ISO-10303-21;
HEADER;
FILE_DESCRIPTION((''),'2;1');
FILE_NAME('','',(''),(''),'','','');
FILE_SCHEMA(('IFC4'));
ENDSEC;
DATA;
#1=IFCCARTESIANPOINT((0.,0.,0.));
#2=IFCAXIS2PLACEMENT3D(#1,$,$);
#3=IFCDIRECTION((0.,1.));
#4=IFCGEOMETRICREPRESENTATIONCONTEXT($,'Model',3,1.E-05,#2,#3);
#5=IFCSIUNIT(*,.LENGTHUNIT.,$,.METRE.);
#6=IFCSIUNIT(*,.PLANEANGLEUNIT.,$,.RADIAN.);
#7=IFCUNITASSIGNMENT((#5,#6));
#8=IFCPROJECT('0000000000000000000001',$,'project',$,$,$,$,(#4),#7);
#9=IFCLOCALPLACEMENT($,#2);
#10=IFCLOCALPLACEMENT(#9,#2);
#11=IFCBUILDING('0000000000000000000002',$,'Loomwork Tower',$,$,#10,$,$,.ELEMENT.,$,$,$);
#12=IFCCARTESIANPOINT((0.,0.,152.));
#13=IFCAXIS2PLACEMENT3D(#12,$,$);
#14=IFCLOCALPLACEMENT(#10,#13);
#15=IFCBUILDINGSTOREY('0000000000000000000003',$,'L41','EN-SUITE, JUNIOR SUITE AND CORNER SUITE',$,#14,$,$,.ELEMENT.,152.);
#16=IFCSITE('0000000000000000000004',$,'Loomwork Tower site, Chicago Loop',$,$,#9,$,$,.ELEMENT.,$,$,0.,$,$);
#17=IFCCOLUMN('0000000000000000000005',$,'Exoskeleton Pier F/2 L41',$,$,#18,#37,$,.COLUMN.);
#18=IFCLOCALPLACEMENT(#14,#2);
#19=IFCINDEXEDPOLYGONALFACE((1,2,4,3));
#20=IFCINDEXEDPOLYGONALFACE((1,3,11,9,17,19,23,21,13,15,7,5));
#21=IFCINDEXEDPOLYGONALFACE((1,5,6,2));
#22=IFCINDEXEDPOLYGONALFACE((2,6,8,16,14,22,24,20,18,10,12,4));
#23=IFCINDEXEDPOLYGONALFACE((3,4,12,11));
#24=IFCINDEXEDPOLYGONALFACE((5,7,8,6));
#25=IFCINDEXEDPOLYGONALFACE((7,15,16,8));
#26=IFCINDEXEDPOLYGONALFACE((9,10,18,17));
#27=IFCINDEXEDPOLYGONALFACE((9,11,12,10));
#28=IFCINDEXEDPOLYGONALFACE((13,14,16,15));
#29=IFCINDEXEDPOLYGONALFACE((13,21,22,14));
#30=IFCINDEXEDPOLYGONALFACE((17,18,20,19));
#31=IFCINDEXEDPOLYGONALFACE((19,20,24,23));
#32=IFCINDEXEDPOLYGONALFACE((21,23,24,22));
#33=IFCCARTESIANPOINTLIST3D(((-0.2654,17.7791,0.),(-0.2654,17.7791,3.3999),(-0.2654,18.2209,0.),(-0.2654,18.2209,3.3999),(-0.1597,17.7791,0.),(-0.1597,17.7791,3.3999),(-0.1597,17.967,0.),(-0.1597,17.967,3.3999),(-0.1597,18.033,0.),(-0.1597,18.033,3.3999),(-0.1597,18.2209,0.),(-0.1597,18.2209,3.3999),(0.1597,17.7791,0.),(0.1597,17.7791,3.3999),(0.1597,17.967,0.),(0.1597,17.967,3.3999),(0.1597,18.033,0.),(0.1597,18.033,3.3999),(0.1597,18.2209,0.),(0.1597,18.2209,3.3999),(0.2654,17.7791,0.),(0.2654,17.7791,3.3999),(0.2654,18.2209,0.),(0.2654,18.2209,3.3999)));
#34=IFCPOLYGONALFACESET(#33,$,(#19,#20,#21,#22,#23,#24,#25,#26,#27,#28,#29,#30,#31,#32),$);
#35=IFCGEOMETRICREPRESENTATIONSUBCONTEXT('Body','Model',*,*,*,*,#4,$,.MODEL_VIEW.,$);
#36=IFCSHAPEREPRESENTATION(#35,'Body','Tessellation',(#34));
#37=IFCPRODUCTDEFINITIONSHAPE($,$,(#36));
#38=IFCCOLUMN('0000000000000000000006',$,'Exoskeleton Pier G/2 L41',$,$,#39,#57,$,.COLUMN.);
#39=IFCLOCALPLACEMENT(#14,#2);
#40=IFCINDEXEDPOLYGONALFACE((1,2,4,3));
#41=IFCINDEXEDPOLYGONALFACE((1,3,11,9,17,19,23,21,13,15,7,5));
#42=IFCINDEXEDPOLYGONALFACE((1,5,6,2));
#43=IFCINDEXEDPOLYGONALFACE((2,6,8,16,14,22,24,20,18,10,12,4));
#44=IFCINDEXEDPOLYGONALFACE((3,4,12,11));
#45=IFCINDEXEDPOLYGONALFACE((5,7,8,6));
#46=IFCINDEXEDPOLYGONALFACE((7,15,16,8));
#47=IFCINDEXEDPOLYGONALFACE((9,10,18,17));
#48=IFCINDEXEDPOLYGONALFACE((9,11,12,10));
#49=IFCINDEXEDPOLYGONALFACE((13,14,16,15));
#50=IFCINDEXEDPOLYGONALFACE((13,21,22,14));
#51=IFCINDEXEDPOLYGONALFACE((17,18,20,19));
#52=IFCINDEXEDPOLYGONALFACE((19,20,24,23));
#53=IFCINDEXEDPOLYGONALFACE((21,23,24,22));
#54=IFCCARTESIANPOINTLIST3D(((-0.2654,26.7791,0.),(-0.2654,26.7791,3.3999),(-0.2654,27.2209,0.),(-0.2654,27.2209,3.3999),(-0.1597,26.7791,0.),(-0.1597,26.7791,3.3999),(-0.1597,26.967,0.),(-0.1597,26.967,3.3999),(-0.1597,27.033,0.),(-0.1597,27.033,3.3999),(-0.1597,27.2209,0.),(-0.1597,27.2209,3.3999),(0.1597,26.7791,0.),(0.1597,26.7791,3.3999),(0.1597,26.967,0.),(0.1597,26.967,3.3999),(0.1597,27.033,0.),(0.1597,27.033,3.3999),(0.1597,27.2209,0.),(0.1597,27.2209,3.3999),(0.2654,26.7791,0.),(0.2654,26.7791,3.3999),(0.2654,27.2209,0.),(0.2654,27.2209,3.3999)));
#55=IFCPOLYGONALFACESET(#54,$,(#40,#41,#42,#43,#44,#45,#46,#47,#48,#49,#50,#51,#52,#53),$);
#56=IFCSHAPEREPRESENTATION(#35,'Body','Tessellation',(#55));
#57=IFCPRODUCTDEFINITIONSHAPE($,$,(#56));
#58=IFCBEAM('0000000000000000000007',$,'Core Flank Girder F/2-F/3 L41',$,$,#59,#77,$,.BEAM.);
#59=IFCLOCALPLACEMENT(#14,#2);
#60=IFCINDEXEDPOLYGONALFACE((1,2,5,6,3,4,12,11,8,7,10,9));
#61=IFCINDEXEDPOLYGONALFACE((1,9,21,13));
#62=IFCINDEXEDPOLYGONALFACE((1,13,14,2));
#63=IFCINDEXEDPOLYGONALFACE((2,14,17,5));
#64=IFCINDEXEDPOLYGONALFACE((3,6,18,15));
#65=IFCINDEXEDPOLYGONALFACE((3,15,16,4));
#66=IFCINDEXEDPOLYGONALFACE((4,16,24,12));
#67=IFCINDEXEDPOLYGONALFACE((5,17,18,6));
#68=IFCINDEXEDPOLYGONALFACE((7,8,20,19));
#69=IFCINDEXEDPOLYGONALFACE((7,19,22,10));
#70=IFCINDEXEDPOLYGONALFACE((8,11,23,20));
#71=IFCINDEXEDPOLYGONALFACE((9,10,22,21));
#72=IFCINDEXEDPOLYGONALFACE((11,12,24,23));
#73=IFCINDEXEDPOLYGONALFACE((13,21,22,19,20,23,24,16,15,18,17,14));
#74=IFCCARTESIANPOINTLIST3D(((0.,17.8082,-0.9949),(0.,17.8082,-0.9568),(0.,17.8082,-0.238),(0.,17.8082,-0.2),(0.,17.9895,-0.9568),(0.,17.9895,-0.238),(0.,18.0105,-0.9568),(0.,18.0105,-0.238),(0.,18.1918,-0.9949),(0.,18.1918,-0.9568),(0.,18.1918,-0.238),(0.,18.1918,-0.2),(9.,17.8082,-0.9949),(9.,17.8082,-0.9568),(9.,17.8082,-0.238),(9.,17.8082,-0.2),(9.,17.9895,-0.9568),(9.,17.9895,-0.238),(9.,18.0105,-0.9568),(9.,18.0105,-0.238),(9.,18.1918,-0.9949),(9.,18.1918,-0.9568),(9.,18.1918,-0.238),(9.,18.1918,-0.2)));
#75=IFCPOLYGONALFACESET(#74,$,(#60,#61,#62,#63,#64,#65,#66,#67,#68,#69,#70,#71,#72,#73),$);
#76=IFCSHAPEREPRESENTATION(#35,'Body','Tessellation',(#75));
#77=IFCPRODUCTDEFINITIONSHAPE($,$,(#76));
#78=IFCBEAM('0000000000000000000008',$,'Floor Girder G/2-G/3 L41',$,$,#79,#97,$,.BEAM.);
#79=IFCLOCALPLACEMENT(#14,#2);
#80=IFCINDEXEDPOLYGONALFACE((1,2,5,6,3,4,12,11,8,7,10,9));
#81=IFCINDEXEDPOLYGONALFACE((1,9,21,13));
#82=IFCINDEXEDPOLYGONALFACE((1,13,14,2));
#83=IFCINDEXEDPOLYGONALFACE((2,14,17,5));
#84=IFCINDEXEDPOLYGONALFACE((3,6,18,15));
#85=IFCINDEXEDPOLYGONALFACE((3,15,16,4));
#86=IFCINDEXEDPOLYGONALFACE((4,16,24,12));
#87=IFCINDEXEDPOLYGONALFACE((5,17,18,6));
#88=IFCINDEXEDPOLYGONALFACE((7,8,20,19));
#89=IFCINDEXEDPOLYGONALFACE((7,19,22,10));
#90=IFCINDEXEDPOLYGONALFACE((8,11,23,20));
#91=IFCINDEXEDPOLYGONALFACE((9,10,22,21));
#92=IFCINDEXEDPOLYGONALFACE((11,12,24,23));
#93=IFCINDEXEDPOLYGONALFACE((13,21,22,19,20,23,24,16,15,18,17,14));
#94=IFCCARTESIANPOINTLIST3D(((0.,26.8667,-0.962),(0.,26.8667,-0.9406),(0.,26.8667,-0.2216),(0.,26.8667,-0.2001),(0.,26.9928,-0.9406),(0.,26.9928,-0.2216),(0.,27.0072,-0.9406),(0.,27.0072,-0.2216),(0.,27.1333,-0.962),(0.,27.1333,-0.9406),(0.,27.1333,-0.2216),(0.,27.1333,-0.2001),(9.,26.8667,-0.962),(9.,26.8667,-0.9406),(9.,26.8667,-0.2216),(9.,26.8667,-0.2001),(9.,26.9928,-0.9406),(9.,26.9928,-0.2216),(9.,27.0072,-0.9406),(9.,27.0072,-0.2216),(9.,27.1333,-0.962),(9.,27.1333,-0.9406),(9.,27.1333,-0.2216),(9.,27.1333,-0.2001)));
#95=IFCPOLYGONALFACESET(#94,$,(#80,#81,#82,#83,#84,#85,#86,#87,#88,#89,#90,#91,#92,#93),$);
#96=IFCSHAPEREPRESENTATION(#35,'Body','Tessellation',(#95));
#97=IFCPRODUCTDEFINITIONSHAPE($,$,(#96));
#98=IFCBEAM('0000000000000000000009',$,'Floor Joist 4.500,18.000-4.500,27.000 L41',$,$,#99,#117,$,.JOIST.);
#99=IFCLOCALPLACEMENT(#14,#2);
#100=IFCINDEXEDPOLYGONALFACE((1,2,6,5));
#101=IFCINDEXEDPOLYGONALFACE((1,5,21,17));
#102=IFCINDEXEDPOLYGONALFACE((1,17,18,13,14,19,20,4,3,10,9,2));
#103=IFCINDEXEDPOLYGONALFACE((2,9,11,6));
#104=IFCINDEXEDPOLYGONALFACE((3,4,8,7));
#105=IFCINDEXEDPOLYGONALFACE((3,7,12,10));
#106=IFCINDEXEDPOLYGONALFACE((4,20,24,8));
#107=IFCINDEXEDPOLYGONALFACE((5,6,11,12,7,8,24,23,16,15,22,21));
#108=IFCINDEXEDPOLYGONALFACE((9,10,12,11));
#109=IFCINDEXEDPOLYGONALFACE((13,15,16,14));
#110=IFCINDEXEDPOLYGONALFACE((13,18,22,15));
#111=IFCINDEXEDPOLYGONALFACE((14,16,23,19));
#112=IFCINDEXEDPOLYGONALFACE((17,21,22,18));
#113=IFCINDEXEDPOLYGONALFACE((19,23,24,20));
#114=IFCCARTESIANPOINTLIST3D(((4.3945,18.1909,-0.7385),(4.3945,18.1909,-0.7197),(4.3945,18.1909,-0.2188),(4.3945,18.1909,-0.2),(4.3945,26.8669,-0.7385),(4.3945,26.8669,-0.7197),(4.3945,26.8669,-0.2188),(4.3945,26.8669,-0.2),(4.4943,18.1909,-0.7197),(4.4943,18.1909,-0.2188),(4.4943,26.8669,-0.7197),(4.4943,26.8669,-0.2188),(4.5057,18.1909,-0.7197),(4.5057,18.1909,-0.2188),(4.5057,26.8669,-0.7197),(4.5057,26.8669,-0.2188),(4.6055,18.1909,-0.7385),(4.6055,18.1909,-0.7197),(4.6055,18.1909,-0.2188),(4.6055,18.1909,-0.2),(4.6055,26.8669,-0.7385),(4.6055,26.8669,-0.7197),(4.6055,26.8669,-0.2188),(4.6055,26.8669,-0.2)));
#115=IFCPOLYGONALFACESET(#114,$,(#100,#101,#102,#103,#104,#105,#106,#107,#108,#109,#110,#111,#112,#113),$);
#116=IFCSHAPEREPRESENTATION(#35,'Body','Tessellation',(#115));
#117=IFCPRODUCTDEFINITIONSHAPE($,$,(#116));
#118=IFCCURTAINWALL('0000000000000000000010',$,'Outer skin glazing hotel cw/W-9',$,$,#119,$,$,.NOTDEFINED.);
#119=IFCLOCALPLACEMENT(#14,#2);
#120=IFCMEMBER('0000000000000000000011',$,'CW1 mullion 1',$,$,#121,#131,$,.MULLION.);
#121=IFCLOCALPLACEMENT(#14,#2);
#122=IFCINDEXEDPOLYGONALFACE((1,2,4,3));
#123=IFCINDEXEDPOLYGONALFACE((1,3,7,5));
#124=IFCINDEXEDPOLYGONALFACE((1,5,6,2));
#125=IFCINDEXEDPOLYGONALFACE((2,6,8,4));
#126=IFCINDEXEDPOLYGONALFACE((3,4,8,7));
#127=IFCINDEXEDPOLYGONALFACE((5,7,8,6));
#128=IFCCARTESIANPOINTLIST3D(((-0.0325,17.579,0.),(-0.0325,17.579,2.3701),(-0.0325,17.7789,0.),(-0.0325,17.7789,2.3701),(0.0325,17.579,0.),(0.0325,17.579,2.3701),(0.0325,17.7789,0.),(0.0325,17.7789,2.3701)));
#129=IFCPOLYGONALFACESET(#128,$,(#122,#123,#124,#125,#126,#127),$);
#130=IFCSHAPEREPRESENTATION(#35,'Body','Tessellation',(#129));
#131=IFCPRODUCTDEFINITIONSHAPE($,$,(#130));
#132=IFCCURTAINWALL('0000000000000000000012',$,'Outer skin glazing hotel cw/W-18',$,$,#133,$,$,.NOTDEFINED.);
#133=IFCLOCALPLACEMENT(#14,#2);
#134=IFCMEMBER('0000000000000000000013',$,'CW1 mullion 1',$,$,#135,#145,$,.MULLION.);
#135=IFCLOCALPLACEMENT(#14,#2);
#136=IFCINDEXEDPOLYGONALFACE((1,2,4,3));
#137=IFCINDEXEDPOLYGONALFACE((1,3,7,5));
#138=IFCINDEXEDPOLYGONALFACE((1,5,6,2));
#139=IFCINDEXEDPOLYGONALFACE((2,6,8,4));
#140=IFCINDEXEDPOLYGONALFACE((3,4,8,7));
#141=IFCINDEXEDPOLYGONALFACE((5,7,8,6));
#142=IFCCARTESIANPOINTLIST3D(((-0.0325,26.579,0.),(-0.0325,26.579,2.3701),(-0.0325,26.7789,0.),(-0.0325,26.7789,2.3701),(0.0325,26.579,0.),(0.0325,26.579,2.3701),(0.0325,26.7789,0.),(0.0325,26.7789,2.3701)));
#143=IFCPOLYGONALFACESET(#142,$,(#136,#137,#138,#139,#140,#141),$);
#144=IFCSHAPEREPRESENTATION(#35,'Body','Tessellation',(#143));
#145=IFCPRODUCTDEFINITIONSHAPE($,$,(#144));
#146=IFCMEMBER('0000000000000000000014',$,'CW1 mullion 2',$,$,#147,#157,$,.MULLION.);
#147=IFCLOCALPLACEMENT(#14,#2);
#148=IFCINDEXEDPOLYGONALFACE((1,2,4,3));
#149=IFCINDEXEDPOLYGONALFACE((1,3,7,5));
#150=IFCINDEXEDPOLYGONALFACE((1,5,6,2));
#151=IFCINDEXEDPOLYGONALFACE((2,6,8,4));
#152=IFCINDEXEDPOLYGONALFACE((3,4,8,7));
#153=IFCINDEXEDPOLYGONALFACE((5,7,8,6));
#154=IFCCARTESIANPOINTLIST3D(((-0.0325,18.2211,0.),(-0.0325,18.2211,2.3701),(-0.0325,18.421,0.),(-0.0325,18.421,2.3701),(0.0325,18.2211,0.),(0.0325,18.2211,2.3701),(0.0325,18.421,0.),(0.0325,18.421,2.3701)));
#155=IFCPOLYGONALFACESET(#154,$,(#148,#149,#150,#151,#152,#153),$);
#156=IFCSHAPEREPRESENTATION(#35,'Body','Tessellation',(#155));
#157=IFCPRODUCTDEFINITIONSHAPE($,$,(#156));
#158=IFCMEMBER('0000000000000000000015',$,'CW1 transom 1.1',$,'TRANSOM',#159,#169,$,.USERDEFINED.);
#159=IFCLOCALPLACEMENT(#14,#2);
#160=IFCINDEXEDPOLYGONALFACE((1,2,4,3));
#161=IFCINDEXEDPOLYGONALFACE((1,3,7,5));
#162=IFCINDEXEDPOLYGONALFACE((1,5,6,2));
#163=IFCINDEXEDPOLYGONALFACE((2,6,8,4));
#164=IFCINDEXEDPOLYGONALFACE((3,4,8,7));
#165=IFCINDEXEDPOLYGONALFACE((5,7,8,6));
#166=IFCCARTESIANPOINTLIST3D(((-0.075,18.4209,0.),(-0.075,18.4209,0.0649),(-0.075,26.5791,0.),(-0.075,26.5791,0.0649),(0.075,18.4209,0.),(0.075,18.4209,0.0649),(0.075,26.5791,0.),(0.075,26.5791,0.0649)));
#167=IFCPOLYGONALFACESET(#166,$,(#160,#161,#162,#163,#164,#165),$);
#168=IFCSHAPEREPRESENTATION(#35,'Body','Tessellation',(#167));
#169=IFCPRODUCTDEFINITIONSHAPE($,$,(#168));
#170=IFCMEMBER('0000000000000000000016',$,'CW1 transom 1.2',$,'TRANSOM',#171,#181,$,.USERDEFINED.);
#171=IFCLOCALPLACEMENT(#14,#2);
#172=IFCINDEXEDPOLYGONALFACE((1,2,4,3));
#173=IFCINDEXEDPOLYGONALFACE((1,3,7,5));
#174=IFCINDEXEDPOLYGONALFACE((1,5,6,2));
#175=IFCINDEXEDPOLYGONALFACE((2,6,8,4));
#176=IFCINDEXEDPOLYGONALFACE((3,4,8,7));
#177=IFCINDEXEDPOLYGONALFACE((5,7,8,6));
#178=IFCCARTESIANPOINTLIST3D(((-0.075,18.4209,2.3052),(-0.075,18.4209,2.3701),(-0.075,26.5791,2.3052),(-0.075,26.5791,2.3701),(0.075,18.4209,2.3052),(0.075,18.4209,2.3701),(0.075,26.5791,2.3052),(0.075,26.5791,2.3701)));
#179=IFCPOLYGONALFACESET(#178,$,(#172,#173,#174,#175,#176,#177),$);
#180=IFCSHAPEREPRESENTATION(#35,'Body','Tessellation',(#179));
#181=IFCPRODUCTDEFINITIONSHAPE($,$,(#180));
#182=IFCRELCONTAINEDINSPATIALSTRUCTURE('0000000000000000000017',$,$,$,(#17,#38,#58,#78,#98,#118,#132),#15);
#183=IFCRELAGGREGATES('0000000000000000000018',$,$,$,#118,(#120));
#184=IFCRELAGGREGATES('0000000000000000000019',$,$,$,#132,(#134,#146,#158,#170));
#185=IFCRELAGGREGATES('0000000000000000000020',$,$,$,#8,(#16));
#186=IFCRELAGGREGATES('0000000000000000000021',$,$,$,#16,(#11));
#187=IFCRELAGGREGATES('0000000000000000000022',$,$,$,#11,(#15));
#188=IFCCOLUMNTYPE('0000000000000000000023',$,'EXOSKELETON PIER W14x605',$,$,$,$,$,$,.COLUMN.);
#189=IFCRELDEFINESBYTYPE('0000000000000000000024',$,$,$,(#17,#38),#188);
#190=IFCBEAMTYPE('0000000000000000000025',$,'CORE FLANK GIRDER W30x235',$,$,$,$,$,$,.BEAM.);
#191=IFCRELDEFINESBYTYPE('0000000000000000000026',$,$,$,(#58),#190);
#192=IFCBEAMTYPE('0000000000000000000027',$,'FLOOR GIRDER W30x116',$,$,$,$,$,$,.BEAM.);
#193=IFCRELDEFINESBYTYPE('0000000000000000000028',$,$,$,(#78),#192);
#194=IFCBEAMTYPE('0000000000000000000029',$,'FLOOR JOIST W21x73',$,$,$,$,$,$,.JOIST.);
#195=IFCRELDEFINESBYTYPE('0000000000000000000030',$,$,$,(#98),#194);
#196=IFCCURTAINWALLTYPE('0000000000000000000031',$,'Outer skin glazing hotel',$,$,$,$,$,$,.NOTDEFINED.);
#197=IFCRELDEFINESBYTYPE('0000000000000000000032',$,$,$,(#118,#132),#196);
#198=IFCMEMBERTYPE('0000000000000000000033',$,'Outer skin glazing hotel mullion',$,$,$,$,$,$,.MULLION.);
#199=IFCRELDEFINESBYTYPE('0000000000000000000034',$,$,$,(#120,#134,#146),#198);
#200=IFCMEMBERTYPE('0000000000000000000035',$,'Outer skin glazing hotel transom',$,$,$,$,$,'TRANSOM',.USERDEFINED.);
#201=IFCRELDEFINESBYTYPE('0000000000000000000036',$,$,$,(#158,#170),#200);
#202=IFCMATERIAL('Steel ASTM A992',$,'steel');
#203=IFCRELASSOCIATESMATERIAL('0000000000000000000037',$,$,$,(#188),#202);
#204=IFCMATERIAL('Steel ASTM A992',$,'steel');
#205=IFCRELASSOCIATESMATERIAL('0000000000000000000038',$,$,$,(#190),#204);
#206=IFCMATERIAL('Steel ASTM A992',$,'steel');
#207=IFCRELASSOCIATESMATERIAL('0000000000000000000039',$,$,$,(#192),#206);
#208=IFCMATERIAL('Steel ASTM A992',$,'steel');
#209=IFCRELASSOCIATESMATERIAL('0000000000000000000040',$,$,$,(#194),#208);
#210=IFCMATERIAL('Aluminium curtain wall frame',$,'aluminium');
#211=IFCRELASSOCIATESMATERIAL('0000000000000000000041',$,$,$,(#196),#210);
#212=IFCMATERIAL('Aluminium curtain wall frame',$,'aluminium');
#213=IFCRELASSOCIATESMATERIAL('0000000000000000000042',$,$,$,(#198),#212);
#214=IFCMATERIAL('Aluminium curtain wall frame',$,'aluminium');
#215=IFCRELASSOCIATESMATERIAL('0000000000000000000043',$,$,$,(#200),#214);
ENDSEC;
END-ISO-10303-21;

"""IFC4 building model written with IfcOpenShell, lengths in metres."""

from ifc_helpers import new_model, si_unit, direction, frame, origin, origin_2d, place, context, subcontext, project, spatial, rectangle, i_section, extrude, material, material_profile, profile_set, type_object, element, aggregate, save


model = new_model("IFC4")

# Units and contexts
model_context = context("Model", 3, precision=1e-05, world=origin(), true_north=direction((0.0, 1.0)))
body_context = subcontext(model_context, "Body", "Model", "MODEL_VIEW")
ifc_project = project(units=[si_unit("LENGTHUNIT", "METRE"), si_unit("PLANEANGLEUNIT", "RADIAN")], contexts=[model_context])

# Site, building, storey
site_placement = place(None, origin())
site = spatial("IfcSite", under=ifc_project, at=site_placement, Name="Loomwork Tower site, Chicago Loop", CompositionType="ELEMENT", RefElevation=0.0)
building_placement = place(site_placement, origin())
building = spatial("IfcBuilding", under=site, at=building_placement, Name="Loomwork Tower", CompositionType="ELEMENT")
storey_placement = place(building_placement, frame((0.0, 0.0, 152.0)))
storey = spatial("IfcBuildingStorey", under=building, at=storey_placement, Name="L41", Description="EN-SUITE, JUNIOR SUITE AND CORNER SUITE", CompositionType="ELEMENT", Elevation=152.0)

# Columns
ifc_material_1 = material(Name="Steel ASTM A992", Category="steel")
ifc_material_profile_1 = material_profile(ifc_material_1, i_section(OverallWidth=0.4419, OverallDepth=0.5308, WebThickness=0.0659, FlangeThickness=0.1057, at=origin_2d()), Name="W14x605")
ifc_profile_set_1 = profile_set([ifc_material_profile_1], Name="Steel ASTM A992")
column_type = type_object("IfcColumnType", Name="EXOSKELETON PIER W14x605", PredefinedType="COLUMN", material=ifc_profile_set_1)
for number, where, z_axis, x_axis, name in (
    (1, (0.0, 18.0, 0.0), (0.0, 0.0, 1.0), (0.0, 1.0, 0.0), "Exoskeleton Pier F/2 L41"),
    (2, (0.0, 27.0, 0.0), (0.0, 0.0, 1.0), (0.0, 1.0, 0.0), "Exoskeleton Pier G/2 L41"),
):
    element("IfcColumn", number, at=place(storey_placement, frame(where, z_axis=z_axis, x_axis=x_axis)), inside=storey, type_object=column_type, Name=name, PredefinedType="COLUMN", context=body_context, shape_type="SweptSolid", body=[
        extrude(i_section(OverallWidth=0.4419, OverallDepth=0.5308, WebThickness=0.0659, FlangeThickness=0.1057, at=origin_2d()), origin(), (0.0, 0.0, 1.0), 3.3999),
    ])

# Beams
ifc_material_2 = material(Name="Steel ASTM A992", Category="steel")
ifc_material_profile_2 = material_profile(ifc_material_2, i_section(OverallWidth=0.3835, OverallDepth=0.7949, WebThickness=0.021, FlangeThickness=0.0381, at=origin_2d()), Name="W30x235")
ifc_profile_set_2 = profile_set([ifc_material_profile_2], Name="Steel ASTM A992")
beam_type_1 = type_object("IfcBeamType", Name="CORE FLANK GIRDER W30x235", PredefinedType="BEAM", material=ifc_profile_set_2)
beam_1_placement = place(storey_placement, frame((0.0, 18.0, -0.5974), z_axis=(1.0, 0.0, 0.0), x_axis=(0.0, 1.0, 0.0)))
element("IfcBeam", 3, at=beam_1_placement, inside=storey, type_object=beam_type_1, Name="Core Flank Girder F/2-F/3 L41", PredefinedType="BEAM", context=body_context, shape_type="SweptSolid", body=[
    extrude(i_section(OverallWidth=0.3835, OverallDepth=0.7949, WebThickness=0.021, FlangeThickness=0.0381, at=origin_2d()), origin(), (0.0, 0.0, 1.0), 9.0),
])
ifc_material_3 = material(Name="Steel ASTM A992", Category="steel")
ifc_material_profile_3 = material_profile(ifc_material_3, i_section(OverallWidth=0.2666, OverallDepth=0.762, WebThickness=0.0144, FlangeThickness=0.0215, at=origin_2d()), Name="W30x116")
ifc_profile_set_3 = profile_set([ifc_material_profile_3], Name="Steel ASTM A992")
beam_type_2 = type_object("IfcBeamType", Name="FLOOR GIRDER W30x116", PredefinedType="BEAM", material=ifc_profile_set_3)
beam_2_placement = place(storey_placement, frame((0.0, 27.0, -0.5811), z_axis=(1.0, 0.0, 0.0), x_axis=(0.0, 1.0, 0.0)))
element("IfcBeam", 4, at=beam_2_placement, inside=storey, type_object=beam_type_2, Name="Floor Girder G/2-G/3 L41", PredefinedType="BEAM", context=body_context, shape_type="SweptSolid", body=[
    extrude(i_section(OverallWidth=0.2666, OverallDepth=0.762, WebThickness=0.0144, FlangeThickness=0.0215, at=origin_2d()), origin(), (0.0, 0.0, 1.0), 9.0),
])
ifc_material_4 = material(Name="Steel ASTM A992", Category="steel")
ifc_material_profile_4 = material_profile(ifc_material_4, i_section(OverallWidth=0.2109, OverallDepth=0.5386, WebThickness=0.0115, FlangeThickness=0.0188, at=origin_2d()), Name="W21x73")
ifc_profile_set_4 = profile_set([ifc_material_profile_4], Name="Steel ASTM A992")
beam_type_3 = type_object("IfcBeamType", Name="FLOOR JOIST W21x73", PredefinedType="JOIST", material=ifc_profile_set_4)
beam_3_placement = place(storey_placement, frame((4.5, 18.1909, -0.4692), z_axis=(0.0, 1.0, 0.0), x_axis=(-1.0, 0.0, 0.0)))
element("IfcBeam", 5, at=beam_3_placement, inside=storey, type_object=beam_type_3, Name="Floor Joist 4.500,18.000-4.500,27.000 L41", PredefinedType="JOIST", context=body_context, shape_type="SweptSolid", body=[
    extrude(i_section(OverallWidth=0.2109, OverallDepth=0.5386, WebThickness=0.0115, FlangeThickness=0.0188, at=origin_2d()), origin(), (0.0, 0.0, 1.0), 8.676),
])

# Curtain wall, member
ifc_material_5 = material(Name="Aluminium curtain wall frame", Category="aluminium")
curtain_wall_type = type_object("IfcCurtainWallType", Name="Outer skin glazing hotel", PredefinedType="NOTDEFINED", material=ifc_material_5)
curtain_wall_1_placement = place(storey_placement, origin())
curtain_wall_1 = element("IfcCurtainWall", 6, at=curtain_wall_1_placement, inside=storey, type_object=curtain_wall_type, Name="Outer skin glazing hotel cw/W-9", PredefinedType="NOTDEFINED")
ifc_material_6 = material(Name="Aluminium curtain wall frame", Category="aluminium")
ifc_material_profile_5 = material_profile(ifc_material_6, rectangle(XDim=0.0649, YDim=0.2, at=origin_2d()), Name="AL 65x200")
ifc_profile_set_5 = profile_set([ifc_material_profile_5], Name="Aluminium curtain wall frame")
member_type_1 = type_object("IfcMemberType", Name="Outer skin glazing hotel mullion", PredefinedType="MULLION", material=ifc_profile_set_5)
member_1_placement = place(storey_placement, frame((0.0, 17.679, 0.0), z_axis=(0.0, 0.0, 1.0), x_axis=(1.0, 0.0, 0.0)))
member_1 = element("IfcMember", 7, at=member_1_placement, type_object=member_type_1, Name="CW1 mullion 1", PredefinedType="MULLION", context=body_context, shape_type="SweptSolid", body=[
    extrude(rectangle(XDim=0.0649, YDim=0.2, at=origin_2d()), origin(), (0.0, 0.0, 1.0), 2.3701),
])
aggregate(curtain_wall_1, [member_1])

# Curtain wall, members
curtain_wall_2_placement = place(storey_placement, origin())
curtain_wall_2 = element("IfcCurtainWall", 8, at=curtain_wall_2_placement, inside=storey, type_object=curtain_wall_type, Name="Outer skin glazing hotel cw/W-18", PredefinedType="NOTDEFINED")
member_2_placement = place(storey_placement, frame((0.0, 26.679, 0.0), z_axis=(0.0, 0.0, 1.0), x_axis=(1.0, 0.0, 0.0)))
member_2 = element("IfcMember", 9, at=member_2_placement, type_object=member_type_1, Name="CW1 mullion 1", PredefinedType="MULLION", context=body_context, shape_type="SweptSolid", body=[
    extrude(rectangle(XDim=0.0649, YDim=0.2, at=origin_2d()), origin(), (0.0, 0.0, 1.0), 2.3701),
])
member_3_placement = place(storey_placement, frame((0.0, 18.321, 0.0), z_axis=(0.0, 0.0, 1.0), x_axis=(1.0, 0.0, 0.0)))
member_3 = element("IfcMember", 10, at=member_3_placement, type_object=member_type_1, Name="CW1 mullion 2", PredefinedType="MULLION", context=body_context, shape_type="SweptSolid", body=[
    extrude(rectangle(XDim=0.0649, YDim=0.2, at=origin_2d()), origin(), (0.0, 0.0, 1.0), 2.3701),
])
ifc_material_7 = material(Name="Aluminium curtain wall frame", Category="aluminium")
ifc_material_profile_6 = material_profile(ifc_material_7, rectangle(XDim=0.1499, YDim=0.0649, at=origin_2d()), Name="AL 65x150")
ifc_profile_set_6 = profile_set([ifc_material_profile_6], Name="Aluminium curtain wall frame")
member_type_2 = type_object("IfcMemberType", Name="Outer skin glazing hotel transom", ElementType="TRANSOM", PredefinedType="USERDEFINED", material=ifc_profile_set_6)
member_4_placement = place(storey_placement, frame((0.0, 26.5791, 0.0325), z_axis=(0.0, -1.0, 0.0), x_axis=(1.0, 0.0, 0.0)))
member_4 = element("IfcMember", 11, at=member_4_placement, type_object=member_type_2, Name="CW1 transom 1.1", ObjectType="TRANSOM", PredefinedType="USERDEFINED", context=body_context, shape_type="SweptSolid", body=[
    extrude(rectangle(XDim=0.1499, YDim=0.0649, at=origin_2d()), origin(), (0.0, 0.0, 1.0), 8.1582),
])
member_5_placement = place(storey_placement, frame((0.0, 26.5791, 2.3376), z_axis=(0.0, -1.0, 0.0), x_axis=(1.0, 0.0, 0.0)))
member_5 = element("IfcMember", 12, at=member_5_placement, type_object=member_type_2, Name="CW1 transom 1.2", ObjectType="TRANSOM", PredefinedType="USERDEFINED", context=body_context, shape_type="SweptSolid", body=[
    extrude(rectangle(XDim=0.1499, YDim=0.0649, at=origin_2d()), origin(), (0.0, 0.0, 1.0), 8.1582),
])

aggregate(curtain_wall_2, [member_2, member_3, member_4, member_5])

save(model, "model.ifc")
